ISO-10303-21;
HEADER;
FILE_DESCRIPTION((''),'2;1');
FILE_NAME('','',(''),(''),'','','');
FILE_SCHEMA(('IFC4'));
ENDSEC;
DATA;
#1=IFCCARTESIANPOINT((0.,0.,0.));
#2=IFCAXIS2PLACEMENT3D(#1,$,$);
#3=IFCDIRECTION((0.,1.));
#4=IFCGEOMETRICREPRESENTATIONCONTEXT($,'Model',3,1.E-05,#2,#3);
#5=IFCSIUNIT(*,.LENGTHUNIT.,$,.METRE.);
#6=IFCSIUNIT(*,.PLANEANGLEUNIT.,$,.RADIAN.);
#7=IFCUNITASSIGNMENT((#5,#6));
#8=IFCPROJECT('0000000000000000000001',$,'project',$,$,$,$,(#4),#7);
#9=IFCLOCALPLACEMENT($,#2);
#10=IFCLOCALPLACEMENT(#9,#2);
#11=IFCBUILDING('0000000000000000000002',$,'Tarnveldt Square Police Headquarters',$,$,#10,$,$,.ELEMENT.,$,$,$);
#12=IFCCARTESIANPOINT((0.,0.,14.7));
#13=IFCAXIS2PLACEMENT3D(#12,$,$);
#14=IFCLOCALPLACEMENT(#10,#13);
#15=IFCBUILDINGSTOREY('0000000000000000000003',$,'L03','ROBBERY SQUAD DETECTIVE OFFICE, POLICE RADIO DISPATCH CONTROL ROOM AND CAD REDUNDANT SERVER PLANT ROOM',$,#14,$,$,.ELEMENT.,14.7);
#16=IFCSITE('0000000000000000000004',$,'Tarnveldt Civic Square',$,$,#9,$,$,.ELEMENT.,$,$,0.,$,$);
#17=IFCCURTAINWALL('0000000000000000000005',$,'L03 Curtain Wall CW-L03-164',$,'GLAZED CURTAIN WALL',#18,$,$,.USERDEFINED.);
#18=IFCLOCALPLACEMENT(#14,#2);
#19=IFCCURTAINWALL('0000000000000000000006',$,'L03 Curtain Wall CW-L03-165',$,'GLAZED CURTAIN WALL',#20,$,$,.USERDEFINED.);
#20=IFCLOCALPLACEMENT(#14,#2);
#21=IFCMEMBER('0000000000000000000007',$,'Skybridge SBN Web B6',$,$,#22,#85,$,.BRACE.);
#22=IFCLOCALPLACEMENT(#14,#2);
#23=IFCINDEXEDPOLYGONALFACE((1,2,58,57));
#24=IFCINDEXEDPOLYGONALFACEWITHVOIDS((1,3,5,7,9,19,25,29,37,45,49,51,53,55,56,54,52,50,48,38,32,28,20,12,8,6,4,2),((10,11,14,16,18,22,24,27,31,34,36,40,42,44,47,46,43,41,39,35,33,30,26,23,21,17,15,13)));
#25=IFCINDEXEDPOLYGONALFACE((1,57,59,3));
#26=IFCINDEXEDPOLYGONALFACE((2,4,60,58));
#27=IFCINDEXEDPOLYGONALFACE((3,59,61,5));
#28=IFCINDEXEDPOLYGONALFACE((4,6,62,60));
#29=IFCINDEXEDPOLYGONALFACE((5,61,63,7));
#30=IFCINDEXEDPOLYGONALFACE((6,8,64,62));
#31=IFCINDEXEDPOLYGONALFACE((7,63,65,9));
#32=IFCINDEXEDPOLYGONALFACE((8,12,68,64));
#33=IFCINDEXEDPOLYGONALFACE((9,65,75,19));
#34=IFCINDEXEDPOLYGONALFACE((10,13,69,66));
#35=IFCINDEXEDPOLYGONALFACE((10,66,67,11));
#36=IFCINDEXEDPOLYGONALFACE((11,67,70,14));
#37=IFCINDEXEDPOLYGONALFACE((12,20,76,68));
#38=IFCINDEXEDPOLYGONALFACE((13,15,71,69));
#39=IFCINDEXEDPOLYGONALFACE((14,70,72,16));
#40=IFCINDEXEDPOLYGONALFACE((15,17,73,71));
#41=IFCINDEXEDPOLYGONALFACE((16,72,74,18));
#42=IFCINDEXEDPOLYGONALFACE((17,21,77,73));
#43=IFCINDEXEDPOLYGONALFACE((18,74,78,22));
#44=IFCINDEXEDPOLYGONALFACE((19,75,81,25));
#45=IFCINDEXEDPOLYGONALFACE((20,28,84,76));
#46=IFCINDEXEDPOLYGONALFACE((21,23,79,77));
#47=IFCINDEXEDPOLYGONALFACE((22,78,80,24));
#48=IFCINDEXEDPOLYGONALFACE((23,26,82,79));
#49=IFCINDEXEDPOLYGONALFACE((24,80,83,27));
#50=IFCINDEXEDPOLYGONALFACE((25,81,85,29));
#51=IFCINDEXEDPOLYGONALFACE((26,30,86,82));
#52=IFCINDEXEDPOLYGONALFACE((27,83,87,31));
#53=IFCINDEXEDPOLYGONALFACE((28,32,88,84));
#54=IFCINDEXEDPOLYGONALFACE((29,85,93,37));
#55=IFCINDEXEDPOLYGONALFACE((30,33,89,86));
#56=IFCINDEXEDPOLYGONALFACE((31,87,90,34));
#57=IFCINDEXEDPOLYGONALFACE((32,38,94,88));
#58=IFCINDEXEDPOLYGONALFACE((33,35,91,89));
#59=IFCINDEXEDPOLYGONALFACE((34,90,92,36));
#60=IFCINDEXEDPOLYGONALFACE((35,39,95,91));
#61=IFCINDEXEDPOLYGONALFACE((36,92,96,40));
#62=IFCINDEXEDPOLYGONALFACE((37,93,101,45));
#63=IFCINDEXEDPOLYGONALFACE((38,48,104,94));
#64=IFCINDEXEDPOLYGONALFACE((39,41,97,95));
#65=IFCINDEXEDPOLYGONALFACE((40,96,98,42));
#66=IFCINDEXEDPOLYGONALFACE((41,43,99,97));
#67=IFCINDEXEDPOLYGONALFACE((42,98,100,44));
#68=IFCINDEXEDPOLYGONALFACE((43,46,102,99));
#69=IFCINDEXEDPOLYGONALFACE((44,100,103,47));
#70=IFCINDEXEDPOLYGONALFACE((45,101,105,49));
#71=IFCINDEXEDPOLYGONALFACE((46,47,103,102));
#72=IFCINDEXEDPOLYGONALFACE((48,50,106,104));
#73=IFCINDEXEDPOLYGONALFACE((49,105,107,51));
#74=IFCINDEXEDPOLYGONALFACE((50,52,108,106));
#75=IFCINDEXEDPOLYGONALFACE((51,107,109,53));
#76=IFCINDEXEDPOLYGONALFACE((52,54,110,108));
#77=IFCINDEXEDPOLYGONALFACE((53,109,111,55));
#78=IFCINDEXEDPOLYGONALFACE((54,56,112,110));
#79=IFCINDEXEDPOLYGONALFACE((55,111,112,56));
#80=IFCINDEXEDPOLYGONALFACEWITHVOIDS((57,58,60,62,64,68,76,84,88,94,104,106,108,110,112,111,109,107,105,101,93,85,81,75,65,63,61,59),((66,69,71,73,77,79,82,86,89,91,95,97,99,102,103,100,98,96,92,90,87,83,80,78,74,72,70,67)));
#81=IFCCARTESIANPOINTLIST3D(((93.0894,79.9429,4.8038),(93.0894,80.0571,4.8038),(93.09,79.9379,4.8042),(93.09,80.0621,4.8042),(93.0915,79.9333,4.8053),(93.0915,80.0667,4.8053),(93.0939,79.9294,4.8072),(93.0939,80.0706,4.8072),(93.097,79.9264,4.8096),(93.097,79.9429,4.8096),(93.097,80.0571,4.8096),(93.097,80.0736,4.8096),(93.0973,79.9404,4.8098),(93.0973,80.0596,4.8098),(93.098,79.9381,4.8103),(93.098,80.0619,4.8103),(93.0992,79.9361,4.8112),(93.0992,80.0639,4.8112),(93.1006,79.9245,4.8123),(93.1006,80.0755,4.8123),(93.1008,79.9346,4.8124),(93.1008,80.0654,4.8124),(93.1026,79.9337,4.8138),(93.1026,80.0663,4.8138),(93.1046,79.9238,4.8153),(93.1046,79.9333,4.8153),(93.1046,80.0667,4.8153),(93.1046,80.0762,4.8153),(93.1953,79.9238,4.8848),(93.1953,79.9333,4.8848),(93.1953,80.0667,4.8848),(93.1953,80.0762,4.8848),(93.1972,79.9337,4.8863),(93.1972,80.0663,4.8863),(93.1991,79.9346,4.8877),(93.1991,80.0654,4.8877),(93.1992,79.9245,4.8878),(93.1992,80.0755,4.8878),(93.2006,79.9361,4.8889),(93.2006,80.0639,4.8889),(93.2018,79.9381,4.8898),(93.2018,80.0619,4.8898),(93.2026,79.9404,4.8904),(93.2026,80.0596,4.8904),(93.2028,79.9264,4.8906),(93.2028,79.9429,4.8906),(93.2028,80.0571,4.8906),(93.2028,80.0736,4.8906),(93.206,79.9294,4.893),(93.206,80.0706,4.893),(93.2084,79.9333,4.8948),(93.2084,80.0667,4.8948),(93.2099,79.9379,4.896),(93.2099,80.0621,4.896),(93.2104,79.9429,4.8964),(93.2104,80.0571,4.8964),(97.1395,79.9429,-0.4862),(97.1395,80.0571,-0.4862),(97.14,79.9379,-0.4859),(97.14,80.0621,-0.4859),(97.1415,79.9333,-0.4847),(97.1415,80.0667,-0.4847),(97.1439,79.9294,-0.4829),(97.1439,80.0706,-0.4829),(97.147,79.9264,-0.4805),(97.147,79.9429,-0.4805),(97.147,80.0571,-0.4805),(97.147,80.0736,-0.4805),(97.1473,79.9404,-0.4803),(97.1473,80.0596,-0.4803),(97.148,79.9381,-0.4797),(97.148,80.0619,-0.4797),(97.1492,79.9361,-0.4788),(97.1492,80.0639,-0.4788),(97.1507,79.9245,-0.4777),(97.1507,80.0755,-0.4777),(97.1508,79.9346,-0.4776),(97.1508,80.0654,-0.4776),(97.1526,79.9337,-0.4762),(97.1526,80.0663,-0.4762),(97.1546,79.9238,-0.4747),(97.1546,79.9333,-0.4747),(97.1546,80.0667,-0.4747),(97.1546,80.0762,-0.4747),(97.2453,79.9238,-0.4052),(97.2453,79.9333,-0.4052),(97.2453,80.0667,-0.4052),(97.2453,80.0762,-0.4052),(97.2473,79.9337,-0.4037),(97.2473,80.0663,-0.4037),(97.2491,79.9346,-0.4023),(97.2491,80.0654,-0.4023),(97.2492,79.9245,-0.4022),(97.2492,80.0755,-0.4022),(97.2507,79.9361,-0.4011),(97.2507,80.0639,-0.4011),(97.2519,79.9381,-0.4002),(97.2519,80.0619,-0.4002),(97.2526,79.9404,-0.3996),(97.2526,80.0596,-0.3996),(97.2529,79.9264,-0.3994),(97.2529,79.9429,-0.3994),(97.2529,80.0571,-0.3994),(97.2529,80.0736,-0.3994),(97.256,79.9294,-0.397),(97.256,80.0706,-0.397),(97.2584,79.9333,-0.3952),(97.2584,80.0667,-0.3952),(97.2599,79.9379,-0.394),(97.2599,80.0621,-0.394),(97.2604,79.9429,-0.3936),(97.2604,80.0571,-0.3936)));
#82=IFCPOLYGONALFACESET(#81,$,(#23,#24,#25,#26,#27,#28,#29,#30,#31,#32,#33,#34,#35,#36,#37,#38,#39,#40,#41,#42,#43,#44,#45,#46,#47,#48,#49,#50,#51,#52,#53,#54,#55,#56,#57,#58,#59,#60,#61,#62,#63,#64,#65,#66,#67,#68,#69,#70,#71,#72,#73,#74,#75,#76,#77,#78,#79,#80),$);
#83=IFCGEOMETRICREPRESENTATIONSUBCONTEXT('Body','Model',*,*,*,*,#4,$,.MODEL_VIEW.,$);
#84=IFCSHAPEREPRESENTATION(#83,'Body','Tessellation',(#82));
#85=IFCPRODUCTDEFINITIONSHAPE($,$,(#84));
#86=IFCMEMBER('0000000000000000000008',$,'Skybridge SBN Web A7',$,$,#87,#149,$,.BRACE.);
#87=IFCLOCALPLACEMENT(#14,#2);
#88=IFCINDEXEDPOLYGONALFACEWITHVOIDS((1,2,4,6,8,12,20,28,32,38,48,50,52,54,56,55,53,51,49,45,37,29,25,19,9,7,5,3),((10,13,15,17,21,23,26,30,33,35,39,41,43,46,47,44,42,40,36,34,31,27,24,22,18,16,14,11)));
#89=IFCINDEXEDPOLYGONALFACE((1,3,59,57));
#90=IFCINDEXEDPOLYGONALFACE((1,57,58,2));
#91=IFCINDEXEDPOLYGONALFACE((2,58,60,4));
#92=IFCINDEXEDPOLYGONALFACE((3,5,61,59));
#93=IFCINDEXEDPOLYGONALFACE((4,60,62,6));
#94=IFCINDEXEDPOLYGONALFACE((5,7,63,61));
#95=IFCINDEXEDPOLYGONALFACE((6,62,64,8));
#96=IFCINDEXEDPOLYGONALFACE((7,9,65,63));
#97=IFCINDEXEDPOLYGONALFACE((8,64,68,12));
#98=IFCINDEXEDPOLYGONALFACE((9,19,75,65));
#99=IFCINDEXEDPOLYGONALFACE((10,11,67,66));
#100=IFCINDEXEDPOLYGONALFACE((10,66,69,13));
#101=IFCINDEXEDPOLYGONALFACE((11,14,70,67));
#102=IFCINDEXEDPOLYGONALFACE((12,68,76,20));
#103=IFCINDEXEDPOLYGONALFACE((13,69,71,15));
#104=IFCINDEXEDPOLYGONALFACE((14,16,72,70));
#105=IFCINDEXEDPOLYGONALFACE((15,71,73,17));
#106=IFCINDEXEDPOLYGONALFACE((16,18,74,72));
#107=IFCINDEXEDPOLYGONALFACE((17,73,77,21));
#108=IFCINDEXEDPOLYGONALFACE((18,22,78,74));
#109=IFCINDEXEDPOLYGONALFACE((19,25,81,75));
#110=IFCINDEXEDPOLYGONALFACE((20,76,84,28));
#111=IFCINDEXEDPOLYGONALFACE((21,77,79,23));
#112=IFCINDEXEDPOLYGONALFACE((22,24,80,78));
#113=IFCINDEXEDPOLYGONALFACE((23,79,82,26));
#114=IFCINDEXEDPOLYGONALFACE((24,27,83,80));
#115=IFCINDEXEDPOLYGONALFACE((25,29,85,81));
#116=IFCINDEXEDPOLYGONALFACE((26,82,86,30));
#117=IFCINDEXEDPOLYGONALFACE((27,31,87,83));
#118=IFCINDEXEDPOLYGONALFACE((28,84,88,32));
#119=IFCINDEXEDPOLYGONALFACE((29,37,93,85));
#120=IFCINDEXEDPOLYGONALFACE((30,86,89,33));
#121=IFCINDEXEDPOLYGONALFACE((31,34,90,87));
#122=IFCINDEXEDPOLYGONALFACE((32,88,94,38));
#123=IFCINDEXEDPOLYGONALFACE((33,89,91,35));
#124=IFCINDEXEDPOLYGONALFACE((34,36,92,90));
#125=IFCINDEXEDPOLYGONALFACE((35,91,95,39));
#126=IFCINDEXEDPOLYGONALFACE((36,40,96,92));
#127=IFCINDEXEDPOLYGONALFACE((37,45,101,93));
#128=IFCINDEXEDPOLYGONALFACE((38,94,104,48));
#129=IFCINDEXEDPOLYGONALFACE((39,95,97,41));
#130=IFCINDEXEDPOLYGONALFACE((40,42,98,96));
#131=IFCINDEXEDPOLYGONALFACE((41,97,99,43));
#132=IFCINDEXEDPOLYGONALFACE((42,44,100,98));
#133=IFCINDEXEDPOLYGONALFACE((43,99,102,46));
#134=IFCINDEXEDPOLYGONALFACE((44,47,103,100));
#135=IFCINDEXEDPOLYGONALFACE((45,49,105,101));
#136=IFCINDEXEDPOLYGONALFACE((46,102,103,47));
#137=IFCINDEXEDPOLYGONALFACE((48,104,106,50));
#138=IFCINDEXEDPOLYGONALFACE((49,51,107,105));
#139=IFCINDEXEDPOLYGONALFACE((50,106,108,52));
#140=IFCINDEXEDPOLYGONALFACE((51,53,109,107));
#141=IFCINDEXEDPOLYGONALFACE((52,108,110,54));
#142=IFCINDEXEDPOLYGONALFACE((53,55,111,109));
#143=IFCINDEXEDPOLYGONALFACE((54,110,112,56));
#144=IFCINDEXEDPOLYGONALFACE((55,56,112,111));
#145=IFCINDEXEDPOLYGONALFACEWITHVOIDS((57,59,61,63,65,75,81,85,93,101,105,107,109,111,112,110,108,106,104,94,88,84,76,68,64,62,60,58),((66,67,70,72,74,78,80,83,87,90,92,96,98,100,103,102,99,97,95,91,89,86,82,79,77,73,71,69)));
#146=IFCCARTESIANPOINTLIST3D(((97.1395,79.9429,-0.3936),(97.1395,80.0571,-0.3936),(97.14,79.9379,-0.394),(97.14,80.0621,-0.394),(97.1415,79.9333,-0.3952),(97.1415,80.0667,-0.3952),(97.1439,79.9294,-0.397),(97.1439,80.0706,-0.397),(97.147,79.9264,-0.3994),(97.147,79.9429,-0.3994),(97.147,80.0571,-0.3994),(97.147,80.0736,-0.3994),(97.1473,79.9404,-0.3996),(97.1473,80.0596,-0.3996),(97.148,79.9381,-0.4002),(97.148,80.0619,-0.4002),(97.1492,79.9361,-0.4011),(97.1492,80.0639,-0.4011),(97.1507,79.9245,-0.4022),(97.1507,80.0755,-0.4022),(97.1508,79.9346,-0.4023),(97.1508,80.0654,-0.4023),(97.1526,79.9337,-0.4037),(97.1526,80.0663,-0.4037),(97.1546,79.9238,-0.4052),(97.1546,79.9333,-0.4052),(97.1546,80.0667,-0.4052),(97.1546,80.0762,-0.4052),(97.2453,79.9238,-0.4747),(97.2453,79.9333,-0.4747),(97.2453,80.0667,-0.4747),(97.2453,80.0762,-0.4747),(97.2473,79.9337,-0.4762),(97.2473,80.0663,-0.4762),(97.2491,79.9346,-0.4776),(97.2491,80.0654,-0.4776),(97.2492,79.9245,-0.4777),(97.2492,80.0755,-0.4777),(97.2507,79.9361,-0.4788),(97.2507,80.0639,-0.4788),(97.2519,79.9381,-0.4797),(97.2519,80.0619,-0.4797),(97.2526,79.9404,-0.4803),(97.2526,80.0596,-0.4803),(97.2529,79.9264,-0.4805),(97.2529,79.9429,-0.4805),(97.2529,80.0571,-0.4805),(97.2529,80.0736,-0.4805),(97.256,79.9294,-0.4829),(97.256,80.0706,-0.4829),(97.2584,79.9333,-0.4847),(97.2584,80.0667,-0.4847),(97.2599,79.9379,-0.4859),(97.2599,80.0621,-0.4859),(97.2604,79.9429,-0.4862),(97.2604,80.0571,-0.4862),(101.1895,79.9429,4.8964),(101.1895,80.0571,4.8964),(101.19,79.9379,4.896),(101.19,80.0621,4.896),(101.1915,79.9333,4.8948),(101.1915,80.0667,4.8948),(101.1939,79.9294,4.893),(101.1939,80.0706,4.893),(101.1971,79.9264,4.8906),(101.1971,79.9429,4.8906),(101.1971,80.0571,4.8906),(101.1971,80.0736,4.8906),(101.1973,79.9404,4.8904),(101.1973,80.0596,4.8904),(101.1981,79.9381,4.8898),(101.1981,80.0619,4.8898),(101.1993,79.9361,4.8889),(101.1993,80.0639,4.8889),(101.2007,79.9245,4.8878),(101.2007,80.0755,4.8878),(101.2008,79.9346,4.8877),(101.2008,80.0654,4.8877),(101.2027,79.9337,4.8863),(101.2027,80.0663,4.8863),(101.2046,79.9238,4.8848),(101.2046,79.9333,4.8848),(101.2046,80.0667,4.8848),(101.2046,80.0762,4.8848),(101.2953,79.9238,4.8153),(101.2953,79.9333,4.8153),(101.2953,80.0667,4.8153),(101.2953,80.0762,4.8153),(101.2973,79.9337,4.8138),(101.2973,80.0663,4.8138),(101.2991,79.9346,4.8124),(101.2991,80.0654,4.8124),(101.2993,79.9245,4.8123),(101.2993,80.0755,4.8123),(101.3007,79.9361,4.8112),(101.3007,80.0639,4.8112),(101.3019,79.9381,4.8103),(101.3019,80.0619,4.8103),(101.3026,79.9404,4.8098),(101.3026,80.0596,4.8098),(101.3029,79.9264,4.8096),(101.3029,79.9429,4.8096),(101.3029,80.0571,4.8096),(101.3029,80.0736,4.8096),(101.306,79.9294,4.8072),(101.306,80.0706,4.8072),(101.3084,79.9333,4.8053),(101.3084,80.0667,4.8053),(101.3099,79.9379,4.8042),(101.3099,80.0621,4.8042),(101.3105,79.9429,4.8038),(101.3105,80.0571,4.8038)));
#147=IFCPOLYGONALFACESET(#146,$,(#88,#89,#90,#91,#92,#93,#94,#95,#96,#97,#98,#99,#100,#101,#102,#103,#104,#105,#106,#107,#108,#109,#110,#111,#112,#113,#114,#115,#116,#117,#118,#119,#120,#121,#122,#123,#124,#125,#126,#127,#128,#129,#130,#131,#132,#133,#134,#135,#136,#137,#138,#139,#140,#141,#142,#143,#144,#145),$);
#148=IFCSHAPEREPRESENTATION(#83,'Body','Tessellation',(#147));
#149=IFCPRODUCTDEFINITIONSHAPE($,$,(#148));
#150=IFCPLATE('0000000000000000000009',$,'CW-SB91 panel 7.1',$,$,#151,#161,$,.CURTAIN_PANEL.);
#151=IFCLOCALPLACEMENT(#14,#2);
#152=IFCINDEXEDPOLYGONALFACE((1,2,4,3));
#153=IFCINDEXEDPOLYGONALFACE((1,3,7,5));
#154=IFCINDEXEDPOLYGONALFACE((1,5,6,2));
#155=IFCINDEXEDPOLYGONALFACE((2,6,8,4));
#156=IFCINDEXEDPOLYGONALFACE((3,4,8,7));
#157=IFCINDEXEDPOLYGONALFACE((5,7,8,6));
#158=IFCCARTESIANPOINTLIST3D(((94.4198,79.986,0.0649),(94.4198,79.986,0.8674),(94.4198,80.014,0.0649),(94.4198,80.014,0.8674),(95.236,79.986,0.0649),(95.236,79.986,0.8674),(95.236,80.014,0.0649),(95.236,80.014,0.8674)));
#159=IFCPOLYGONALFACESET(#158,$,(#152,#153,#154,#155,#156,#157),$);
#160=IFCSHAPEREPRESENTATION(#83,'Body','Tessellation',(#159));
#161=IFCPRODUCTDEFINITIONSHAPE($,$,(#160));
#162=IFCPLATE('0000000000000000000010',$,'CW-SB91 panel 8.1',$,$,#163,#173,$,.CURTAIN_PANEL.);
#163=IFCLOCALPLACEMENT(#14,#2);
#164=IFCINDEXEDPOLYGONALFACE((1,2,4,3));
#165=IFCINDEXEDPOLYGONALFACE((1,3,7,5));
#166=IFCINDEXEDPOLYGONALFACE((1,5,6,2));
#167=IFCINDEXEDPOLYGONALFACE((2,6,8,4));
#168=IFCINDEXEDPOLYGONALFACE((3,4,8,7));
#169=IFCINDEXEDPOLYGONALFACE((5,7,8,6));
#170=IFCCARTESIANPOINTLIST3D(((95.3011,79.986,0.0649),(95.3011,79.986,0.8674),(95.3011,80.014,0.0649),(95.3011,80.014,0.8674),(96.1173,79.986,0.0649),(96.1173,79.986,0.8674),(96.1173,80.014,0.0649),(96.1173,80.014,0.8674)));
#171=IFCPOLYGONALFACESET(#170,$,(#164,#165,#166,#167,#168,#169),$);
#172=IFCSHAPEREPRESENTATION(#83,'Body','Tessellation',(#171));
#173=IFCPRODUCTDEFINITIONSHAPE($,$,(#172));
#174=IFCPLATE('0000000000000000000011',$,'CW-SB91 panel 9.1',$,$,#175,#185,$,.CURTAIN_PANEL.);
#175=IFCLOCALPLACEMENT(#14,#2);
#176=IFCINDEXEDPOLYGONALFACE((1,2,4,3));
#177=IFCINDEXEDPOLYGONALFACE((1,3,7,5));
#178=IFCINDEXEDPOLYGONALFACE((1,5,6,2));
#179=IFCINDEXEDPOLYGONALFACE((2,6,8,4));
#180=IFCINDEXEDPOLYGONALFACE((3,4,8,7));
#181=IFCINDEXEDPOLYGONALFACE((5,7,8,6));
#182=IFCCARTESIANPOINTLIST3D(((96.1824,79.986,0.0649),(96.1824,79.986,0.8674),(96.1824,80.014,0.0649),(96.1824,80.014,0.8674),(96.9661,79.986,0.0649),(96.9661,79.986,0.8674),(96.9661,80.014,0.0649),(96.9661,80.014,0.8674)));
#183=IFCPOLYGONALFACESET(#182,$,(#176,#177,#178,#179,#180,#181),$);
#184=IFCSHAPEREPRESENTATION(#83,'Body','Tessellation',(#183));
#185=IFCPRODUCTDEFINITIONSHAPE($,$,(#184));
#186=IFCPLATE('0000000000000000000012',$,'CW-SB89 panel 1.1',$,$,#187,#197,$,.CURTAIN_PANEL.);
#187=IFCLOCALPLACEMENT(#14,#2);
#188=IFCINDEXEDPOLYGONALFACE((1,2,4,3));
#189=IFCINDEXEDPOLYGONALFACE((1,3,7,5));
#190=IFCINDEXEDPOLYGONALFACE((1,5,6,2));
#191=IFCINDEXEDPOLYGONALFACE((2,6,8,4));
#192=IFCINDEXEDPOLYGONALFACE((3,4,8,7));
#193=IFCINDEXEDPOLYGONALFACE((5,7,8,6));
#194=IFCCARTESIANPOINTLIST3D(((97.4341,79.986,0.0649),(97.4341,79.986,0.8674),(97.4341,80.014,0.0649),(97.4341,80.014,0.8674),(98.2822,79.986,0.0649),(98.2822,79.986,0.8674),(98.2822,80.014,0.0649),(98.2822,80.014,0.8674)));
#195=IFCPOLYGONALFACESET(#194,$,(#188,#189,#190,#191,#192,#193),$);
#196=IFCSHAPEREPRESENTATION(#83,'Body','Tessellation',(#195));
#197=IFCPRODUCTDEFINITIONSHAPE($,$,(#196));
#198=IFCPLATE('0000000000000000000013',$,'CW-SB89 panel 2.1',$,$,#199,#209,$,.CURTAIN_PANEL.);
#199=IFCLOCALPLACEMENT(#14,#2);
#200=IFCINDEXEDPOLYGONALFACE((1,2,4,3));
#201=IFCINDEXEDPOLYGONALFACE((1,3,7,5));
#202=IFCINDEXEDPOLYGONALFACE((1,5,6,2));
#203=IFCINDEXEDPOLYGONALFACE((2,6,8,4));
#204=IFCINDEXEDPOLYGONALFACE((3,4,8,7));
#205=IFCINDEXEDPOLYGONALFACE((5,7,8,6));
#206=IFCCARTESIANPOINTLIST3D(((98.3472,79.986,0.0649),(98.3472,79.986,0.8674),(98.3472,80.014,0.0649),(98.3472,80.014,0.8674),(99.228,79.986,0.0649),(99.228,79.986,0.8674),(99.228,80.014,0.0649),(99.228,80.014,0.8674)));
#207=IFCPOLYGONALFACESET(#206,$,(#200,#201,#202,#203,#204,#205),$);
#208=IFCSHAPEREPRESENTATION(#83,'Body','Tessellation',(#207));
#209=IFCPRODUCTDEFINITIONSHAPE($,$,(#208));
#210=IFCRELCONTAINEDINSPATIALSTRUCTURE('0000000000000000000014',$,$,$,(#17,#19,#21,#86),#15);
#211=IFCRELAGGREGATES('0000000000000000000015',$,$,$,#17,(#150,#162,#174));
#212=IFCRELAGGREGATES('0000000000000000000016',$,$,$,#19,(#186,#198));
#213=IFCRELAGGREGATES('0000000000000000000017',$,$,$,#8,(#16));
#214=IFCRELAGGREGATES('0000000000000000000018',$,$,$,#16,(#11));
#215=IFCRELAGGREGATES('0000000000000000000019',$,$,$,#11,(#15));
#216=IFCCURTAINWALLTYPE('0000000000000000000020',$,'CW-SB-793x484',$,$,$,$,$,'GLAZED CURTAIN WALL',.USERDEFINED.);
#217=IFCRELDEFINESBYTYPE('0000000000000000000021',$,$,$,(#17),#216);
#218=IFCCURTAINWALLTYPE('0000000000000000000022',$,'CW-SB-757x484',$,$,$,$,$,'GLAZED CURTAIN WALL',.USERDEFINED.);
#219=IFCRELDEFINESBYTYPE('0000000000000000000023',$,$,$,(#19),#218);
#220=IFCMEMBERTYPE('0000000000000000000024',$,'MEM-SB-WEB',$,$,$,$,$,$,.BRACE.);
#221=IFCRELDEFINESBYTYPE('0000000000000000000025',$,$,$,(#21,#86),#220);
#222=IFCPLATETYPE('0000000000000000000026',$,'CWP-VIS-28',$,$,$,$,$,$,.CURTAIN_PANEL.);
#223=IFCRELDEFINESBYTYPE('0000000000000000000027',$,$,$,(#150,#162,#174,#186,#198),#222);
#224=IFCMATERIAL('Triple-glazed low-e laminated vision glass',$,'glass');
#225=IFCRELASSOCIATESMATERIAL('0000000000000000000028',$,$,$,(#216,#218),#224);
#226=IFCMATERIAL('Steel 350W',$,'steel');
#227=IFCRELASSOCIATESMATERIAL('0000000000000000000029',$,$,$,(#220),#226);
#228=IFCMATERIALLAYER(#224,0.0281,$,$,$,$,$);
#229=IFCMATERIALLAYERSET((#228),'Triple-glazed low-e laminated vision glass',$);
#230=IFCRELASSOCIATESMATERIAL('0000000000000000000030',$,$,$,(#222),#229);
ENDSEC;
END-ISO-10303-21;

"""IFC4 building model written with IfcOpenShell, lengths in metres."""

from ifc_helpers import new_model, si_unit, direction, frame, origin, origin_2d, place, context, subcontext, project, spatial, rectangle, hollow_rectangle, extrude, material, layer, layer_set, material_profile, profile_set, type_object, element, aggregate, save


model = new_model("IFC4")

# Units and contexts
model_context = context("Model", 3, precision=1e-05, world=origin(), true_north=direction((0.0, 1.0)))
body_context = subcontext(model_context, "Body", "Model", "MODEL_VIEW")
ifc_project = project(units=[si_unit("LENGTHUNIT", "METRE"), si_unit("PLANEANGLEUNIT", "RADIAN")], contexts=[model_context])

# Site, building, storey
site_placement = place(None, origin())
site = spatial("IfcSite", under=ifc_project, at=site_placement, Name="Tarnveldt Civic Square", CompositionType="ELEMENT", RefElevation=0.0)
building_placement = place(site_placement, origin())
building = spatial("IfcBuilding", under=site, at=building_placement, Name="Tarnveldt Square Police Headquarters", CompositionType="ELEMENT")
storey_placement = place(building_placement, frame((0.0, 0.0, 14.7)))
storey = spatial("IfcBuildingStorey", under=building, at=storey_placement, Name="L03", Description="ROBBERY SQUAD DETECTIVE OFFICE, POLICE RADIO DISPATCH CONTROL ROOM AND CAD REDUNDANT SERVER PLANT ROOM", CompositionType="ELEMENT", Elevation=14.7)

# Shared definitions
ifc_material_1 = material(Name="Steel 350W", Category="steel")

# Curtain walls
ifc_material_2 = material(Name="Triple-glazed low-e laminated vision glass", Category="glass")
curtain_wall_type_1 = type_object("IfcCurtainWallType", Name="CW-SB-793x484", ElementType="GLAZED CURTAIN WALL", PredefinedType="USERDEFINED", material=ifc_material_2)
curtain_wall_1_placement = place(storey_placement, origin())
curtain_wall_1 = element("IfcCurtainWall", 1, at=curtain_wall_1_placement, inside=storey, type_object=curtain_wall_type_1, Name="L03 Curtain Wall CW-L03-164", ObjectType="GLAZED CURTAIN WALL", PredefinedType="USERDEFINED")
curtain_wall_type_2 = type_object("IfcCurtainWallType", Name="CW-SB-757x484", ElementType="GLAZED CURTAIN WALL", PredefinedType="USERDEFINED", material=ifc_material_2)
curtain_wall_2_placement = place(storey_placement, origin())
curtain_wall_2 = element("IfcCurtainWall", 2, at=curtain_wall_2_placement, inside=storey, type_object=curtain_wall_type_2, Name="L03 Curtain Wall CW-L03-165", ObjectType="GLAZED CURTAIN WALL", PredefinedType="USERDEFINED")

# Members
ifc_material_profile_1 = material_profile(ifc_material_1, hollow_rectangle(XDim=0.1523, YDim=0.1523, WallThickness=0.0095, InnerFilletRadius=0.0095, OuterFilletRadius=0.019, at=origin_2d()), Name="HSS152x152x9.5")
ifc_profile_set_1 = profile_set([ifc_material_profile_1], Name="Steel 350W")
member_type_1 = type_object("IfcMemberType", Name="MEM-SB-WEB", PredefinedType="BRACE", material=ifc_profile_set_1)
for number, where, z_axis, x_axis, name in (
    (3, (97.2, 80.0, -0.4399), (-0.607898, 0.0, 0.794016), (0.0, -1.0, 0.0), "Skybridge SBN Web B6"),
    (4, (97.2, 80.0, -0.4399), (0.607898, 0.0, 0.794016), (0.0, 1.0, 0.0), "Skybridge SBN Web A7"),
):
    element("IfcMember", number, at=place(storey_placement, frame(where, z_axis=z_axis, x_axis=x_axis)), inside=storey, type_object=member_type_1, Name=name, PredefinedType="BRACE", context=body_context, shape_type="SweptSolid", body=[
        extrude(hollow_rectangle(XDim=0.1523, YDim=0.1523, WallThickness=0.0095, InnerFilletRadius=0.0095, OuterFilletRadius=0.019, at=origin_2d()), origin(), (0.0, 0.0, 1.0), 6.6624),
    ])

# Plates
ifc_layer = layer(ifc_material_2, 0.0281)
ifc_layer_set = layer_set([ifc_layer], Name="Triple-glazed low-e laminated vision glass")
plate_type = type_object("IfcPlateType", Name="CWP-VIS-28", PredefinedType="CURTAIN_PANEL", material=ifc_layer_set)
plate_1_placement = place(storey_placement, frame((94.8279, 80.0, 0.0649), z_axis=(0.0, 0.0, 1.0), x_axis=(1.0, 0.0, 0.0)))
plate_1 = element("IfcPlate", 5, at=plate_1_placement, type_object=plate_type, Name="CW-SB91 panel 7.1", PredefinedType="CURTAIN_PANEL", context=body_context, shape_type="SweptSolid", body=[
    extrude(rectangle(XDim=0.8162, YDim=0.0281, at=origin_2d()), origin(), (0.0, 0.0, 1.0), 0.8025),
])
plate_2_placement = place(storey_placement, frame((95.7092, 80.0, 0.0649), z_axis=(0.0, 0.0, 1.0), x_axis=(1.0, 0.0, 0.0)))
plate_2 = element("IfcPlate", 6, at=plate_2_placement, type_object=plate_type, Name="CW-SB91 panel 8.1", PredefinedType="CURTAIN_PANEL", context=body_context, shape_type="SweptSolid", body=[
    extrude(rectangle(XDim=0.8162, YDim=0.0281, at=origin_2d()), origin(), (0.0, 0.0, 1.0), 0.8025),
])
plate_3_placement = place(storey_placement, frame((96.5742, 80.0, 0.0649), z_axis=(0.0, 0.0, 1.0), x_axis=(1.0, 0.0, 0.0)))
plate_3 = element("IfcPlate", 7, at=plate_3_placement, type_object=plate_type, Name="CW-SB91 panel 9.1", PredefinedType="CURTAIN_PANEL", context=body_context, shape_type="SweptSolid", body=[
    extrude(rectangle(XDim=0.7837, YDim=0.0281, at=origin_2d()), origin(), (0.0, 0.0, 1.0), 0.8025),
])
aggregate(curtain_wall_1, [plate_1, plate_2, plate_3])
plate_4_placement = place(storey_placement, frame((97.8582, 80.0, 0.0649), z_axis=(0.0, 0.0, 1.0), x_axis=(1.0, 0.0, 0.0)))
plate_4 = element("IfcPlate", 8, at=plate_4_placement, type_object=plate_type, Name="CW-SB89 panel 1.1", PredefinedType="CURTAIN_PANEL", context=body_context, shape_type="SweptSolid", body=[
    extrude(rectangle(XDim=0.8481, YDim=0.0281, at=origin_2d()), origin(), (0.0, 0.0, 1.0), 0.8025),
])
plate_5_placement = place(storey_placement, frame((98.7876, 80.0, 0.0649), z_axis=(0.0, 0.0, 1.0), x_axis=(1.0, 0.0, 0.0)))
plate_5 = element("IfcPlate", 9, at=plate_5_placement, type_object=plate_type, Name="CW-SB89 panel 2.1", PredefinedType="CURTAIN_PANEL", context=body_context, shape_type="SweptSolid", body=[
    extrude(rectangle(XDim=0.8809, YDim=0.0281, at=origin_2d()), origin(), (0.0, 0.0, 1.0), 0.8025),
])
aggregate(curtain_wall_2, [plate_4, plate_5])

save(model, "model.ifc")
